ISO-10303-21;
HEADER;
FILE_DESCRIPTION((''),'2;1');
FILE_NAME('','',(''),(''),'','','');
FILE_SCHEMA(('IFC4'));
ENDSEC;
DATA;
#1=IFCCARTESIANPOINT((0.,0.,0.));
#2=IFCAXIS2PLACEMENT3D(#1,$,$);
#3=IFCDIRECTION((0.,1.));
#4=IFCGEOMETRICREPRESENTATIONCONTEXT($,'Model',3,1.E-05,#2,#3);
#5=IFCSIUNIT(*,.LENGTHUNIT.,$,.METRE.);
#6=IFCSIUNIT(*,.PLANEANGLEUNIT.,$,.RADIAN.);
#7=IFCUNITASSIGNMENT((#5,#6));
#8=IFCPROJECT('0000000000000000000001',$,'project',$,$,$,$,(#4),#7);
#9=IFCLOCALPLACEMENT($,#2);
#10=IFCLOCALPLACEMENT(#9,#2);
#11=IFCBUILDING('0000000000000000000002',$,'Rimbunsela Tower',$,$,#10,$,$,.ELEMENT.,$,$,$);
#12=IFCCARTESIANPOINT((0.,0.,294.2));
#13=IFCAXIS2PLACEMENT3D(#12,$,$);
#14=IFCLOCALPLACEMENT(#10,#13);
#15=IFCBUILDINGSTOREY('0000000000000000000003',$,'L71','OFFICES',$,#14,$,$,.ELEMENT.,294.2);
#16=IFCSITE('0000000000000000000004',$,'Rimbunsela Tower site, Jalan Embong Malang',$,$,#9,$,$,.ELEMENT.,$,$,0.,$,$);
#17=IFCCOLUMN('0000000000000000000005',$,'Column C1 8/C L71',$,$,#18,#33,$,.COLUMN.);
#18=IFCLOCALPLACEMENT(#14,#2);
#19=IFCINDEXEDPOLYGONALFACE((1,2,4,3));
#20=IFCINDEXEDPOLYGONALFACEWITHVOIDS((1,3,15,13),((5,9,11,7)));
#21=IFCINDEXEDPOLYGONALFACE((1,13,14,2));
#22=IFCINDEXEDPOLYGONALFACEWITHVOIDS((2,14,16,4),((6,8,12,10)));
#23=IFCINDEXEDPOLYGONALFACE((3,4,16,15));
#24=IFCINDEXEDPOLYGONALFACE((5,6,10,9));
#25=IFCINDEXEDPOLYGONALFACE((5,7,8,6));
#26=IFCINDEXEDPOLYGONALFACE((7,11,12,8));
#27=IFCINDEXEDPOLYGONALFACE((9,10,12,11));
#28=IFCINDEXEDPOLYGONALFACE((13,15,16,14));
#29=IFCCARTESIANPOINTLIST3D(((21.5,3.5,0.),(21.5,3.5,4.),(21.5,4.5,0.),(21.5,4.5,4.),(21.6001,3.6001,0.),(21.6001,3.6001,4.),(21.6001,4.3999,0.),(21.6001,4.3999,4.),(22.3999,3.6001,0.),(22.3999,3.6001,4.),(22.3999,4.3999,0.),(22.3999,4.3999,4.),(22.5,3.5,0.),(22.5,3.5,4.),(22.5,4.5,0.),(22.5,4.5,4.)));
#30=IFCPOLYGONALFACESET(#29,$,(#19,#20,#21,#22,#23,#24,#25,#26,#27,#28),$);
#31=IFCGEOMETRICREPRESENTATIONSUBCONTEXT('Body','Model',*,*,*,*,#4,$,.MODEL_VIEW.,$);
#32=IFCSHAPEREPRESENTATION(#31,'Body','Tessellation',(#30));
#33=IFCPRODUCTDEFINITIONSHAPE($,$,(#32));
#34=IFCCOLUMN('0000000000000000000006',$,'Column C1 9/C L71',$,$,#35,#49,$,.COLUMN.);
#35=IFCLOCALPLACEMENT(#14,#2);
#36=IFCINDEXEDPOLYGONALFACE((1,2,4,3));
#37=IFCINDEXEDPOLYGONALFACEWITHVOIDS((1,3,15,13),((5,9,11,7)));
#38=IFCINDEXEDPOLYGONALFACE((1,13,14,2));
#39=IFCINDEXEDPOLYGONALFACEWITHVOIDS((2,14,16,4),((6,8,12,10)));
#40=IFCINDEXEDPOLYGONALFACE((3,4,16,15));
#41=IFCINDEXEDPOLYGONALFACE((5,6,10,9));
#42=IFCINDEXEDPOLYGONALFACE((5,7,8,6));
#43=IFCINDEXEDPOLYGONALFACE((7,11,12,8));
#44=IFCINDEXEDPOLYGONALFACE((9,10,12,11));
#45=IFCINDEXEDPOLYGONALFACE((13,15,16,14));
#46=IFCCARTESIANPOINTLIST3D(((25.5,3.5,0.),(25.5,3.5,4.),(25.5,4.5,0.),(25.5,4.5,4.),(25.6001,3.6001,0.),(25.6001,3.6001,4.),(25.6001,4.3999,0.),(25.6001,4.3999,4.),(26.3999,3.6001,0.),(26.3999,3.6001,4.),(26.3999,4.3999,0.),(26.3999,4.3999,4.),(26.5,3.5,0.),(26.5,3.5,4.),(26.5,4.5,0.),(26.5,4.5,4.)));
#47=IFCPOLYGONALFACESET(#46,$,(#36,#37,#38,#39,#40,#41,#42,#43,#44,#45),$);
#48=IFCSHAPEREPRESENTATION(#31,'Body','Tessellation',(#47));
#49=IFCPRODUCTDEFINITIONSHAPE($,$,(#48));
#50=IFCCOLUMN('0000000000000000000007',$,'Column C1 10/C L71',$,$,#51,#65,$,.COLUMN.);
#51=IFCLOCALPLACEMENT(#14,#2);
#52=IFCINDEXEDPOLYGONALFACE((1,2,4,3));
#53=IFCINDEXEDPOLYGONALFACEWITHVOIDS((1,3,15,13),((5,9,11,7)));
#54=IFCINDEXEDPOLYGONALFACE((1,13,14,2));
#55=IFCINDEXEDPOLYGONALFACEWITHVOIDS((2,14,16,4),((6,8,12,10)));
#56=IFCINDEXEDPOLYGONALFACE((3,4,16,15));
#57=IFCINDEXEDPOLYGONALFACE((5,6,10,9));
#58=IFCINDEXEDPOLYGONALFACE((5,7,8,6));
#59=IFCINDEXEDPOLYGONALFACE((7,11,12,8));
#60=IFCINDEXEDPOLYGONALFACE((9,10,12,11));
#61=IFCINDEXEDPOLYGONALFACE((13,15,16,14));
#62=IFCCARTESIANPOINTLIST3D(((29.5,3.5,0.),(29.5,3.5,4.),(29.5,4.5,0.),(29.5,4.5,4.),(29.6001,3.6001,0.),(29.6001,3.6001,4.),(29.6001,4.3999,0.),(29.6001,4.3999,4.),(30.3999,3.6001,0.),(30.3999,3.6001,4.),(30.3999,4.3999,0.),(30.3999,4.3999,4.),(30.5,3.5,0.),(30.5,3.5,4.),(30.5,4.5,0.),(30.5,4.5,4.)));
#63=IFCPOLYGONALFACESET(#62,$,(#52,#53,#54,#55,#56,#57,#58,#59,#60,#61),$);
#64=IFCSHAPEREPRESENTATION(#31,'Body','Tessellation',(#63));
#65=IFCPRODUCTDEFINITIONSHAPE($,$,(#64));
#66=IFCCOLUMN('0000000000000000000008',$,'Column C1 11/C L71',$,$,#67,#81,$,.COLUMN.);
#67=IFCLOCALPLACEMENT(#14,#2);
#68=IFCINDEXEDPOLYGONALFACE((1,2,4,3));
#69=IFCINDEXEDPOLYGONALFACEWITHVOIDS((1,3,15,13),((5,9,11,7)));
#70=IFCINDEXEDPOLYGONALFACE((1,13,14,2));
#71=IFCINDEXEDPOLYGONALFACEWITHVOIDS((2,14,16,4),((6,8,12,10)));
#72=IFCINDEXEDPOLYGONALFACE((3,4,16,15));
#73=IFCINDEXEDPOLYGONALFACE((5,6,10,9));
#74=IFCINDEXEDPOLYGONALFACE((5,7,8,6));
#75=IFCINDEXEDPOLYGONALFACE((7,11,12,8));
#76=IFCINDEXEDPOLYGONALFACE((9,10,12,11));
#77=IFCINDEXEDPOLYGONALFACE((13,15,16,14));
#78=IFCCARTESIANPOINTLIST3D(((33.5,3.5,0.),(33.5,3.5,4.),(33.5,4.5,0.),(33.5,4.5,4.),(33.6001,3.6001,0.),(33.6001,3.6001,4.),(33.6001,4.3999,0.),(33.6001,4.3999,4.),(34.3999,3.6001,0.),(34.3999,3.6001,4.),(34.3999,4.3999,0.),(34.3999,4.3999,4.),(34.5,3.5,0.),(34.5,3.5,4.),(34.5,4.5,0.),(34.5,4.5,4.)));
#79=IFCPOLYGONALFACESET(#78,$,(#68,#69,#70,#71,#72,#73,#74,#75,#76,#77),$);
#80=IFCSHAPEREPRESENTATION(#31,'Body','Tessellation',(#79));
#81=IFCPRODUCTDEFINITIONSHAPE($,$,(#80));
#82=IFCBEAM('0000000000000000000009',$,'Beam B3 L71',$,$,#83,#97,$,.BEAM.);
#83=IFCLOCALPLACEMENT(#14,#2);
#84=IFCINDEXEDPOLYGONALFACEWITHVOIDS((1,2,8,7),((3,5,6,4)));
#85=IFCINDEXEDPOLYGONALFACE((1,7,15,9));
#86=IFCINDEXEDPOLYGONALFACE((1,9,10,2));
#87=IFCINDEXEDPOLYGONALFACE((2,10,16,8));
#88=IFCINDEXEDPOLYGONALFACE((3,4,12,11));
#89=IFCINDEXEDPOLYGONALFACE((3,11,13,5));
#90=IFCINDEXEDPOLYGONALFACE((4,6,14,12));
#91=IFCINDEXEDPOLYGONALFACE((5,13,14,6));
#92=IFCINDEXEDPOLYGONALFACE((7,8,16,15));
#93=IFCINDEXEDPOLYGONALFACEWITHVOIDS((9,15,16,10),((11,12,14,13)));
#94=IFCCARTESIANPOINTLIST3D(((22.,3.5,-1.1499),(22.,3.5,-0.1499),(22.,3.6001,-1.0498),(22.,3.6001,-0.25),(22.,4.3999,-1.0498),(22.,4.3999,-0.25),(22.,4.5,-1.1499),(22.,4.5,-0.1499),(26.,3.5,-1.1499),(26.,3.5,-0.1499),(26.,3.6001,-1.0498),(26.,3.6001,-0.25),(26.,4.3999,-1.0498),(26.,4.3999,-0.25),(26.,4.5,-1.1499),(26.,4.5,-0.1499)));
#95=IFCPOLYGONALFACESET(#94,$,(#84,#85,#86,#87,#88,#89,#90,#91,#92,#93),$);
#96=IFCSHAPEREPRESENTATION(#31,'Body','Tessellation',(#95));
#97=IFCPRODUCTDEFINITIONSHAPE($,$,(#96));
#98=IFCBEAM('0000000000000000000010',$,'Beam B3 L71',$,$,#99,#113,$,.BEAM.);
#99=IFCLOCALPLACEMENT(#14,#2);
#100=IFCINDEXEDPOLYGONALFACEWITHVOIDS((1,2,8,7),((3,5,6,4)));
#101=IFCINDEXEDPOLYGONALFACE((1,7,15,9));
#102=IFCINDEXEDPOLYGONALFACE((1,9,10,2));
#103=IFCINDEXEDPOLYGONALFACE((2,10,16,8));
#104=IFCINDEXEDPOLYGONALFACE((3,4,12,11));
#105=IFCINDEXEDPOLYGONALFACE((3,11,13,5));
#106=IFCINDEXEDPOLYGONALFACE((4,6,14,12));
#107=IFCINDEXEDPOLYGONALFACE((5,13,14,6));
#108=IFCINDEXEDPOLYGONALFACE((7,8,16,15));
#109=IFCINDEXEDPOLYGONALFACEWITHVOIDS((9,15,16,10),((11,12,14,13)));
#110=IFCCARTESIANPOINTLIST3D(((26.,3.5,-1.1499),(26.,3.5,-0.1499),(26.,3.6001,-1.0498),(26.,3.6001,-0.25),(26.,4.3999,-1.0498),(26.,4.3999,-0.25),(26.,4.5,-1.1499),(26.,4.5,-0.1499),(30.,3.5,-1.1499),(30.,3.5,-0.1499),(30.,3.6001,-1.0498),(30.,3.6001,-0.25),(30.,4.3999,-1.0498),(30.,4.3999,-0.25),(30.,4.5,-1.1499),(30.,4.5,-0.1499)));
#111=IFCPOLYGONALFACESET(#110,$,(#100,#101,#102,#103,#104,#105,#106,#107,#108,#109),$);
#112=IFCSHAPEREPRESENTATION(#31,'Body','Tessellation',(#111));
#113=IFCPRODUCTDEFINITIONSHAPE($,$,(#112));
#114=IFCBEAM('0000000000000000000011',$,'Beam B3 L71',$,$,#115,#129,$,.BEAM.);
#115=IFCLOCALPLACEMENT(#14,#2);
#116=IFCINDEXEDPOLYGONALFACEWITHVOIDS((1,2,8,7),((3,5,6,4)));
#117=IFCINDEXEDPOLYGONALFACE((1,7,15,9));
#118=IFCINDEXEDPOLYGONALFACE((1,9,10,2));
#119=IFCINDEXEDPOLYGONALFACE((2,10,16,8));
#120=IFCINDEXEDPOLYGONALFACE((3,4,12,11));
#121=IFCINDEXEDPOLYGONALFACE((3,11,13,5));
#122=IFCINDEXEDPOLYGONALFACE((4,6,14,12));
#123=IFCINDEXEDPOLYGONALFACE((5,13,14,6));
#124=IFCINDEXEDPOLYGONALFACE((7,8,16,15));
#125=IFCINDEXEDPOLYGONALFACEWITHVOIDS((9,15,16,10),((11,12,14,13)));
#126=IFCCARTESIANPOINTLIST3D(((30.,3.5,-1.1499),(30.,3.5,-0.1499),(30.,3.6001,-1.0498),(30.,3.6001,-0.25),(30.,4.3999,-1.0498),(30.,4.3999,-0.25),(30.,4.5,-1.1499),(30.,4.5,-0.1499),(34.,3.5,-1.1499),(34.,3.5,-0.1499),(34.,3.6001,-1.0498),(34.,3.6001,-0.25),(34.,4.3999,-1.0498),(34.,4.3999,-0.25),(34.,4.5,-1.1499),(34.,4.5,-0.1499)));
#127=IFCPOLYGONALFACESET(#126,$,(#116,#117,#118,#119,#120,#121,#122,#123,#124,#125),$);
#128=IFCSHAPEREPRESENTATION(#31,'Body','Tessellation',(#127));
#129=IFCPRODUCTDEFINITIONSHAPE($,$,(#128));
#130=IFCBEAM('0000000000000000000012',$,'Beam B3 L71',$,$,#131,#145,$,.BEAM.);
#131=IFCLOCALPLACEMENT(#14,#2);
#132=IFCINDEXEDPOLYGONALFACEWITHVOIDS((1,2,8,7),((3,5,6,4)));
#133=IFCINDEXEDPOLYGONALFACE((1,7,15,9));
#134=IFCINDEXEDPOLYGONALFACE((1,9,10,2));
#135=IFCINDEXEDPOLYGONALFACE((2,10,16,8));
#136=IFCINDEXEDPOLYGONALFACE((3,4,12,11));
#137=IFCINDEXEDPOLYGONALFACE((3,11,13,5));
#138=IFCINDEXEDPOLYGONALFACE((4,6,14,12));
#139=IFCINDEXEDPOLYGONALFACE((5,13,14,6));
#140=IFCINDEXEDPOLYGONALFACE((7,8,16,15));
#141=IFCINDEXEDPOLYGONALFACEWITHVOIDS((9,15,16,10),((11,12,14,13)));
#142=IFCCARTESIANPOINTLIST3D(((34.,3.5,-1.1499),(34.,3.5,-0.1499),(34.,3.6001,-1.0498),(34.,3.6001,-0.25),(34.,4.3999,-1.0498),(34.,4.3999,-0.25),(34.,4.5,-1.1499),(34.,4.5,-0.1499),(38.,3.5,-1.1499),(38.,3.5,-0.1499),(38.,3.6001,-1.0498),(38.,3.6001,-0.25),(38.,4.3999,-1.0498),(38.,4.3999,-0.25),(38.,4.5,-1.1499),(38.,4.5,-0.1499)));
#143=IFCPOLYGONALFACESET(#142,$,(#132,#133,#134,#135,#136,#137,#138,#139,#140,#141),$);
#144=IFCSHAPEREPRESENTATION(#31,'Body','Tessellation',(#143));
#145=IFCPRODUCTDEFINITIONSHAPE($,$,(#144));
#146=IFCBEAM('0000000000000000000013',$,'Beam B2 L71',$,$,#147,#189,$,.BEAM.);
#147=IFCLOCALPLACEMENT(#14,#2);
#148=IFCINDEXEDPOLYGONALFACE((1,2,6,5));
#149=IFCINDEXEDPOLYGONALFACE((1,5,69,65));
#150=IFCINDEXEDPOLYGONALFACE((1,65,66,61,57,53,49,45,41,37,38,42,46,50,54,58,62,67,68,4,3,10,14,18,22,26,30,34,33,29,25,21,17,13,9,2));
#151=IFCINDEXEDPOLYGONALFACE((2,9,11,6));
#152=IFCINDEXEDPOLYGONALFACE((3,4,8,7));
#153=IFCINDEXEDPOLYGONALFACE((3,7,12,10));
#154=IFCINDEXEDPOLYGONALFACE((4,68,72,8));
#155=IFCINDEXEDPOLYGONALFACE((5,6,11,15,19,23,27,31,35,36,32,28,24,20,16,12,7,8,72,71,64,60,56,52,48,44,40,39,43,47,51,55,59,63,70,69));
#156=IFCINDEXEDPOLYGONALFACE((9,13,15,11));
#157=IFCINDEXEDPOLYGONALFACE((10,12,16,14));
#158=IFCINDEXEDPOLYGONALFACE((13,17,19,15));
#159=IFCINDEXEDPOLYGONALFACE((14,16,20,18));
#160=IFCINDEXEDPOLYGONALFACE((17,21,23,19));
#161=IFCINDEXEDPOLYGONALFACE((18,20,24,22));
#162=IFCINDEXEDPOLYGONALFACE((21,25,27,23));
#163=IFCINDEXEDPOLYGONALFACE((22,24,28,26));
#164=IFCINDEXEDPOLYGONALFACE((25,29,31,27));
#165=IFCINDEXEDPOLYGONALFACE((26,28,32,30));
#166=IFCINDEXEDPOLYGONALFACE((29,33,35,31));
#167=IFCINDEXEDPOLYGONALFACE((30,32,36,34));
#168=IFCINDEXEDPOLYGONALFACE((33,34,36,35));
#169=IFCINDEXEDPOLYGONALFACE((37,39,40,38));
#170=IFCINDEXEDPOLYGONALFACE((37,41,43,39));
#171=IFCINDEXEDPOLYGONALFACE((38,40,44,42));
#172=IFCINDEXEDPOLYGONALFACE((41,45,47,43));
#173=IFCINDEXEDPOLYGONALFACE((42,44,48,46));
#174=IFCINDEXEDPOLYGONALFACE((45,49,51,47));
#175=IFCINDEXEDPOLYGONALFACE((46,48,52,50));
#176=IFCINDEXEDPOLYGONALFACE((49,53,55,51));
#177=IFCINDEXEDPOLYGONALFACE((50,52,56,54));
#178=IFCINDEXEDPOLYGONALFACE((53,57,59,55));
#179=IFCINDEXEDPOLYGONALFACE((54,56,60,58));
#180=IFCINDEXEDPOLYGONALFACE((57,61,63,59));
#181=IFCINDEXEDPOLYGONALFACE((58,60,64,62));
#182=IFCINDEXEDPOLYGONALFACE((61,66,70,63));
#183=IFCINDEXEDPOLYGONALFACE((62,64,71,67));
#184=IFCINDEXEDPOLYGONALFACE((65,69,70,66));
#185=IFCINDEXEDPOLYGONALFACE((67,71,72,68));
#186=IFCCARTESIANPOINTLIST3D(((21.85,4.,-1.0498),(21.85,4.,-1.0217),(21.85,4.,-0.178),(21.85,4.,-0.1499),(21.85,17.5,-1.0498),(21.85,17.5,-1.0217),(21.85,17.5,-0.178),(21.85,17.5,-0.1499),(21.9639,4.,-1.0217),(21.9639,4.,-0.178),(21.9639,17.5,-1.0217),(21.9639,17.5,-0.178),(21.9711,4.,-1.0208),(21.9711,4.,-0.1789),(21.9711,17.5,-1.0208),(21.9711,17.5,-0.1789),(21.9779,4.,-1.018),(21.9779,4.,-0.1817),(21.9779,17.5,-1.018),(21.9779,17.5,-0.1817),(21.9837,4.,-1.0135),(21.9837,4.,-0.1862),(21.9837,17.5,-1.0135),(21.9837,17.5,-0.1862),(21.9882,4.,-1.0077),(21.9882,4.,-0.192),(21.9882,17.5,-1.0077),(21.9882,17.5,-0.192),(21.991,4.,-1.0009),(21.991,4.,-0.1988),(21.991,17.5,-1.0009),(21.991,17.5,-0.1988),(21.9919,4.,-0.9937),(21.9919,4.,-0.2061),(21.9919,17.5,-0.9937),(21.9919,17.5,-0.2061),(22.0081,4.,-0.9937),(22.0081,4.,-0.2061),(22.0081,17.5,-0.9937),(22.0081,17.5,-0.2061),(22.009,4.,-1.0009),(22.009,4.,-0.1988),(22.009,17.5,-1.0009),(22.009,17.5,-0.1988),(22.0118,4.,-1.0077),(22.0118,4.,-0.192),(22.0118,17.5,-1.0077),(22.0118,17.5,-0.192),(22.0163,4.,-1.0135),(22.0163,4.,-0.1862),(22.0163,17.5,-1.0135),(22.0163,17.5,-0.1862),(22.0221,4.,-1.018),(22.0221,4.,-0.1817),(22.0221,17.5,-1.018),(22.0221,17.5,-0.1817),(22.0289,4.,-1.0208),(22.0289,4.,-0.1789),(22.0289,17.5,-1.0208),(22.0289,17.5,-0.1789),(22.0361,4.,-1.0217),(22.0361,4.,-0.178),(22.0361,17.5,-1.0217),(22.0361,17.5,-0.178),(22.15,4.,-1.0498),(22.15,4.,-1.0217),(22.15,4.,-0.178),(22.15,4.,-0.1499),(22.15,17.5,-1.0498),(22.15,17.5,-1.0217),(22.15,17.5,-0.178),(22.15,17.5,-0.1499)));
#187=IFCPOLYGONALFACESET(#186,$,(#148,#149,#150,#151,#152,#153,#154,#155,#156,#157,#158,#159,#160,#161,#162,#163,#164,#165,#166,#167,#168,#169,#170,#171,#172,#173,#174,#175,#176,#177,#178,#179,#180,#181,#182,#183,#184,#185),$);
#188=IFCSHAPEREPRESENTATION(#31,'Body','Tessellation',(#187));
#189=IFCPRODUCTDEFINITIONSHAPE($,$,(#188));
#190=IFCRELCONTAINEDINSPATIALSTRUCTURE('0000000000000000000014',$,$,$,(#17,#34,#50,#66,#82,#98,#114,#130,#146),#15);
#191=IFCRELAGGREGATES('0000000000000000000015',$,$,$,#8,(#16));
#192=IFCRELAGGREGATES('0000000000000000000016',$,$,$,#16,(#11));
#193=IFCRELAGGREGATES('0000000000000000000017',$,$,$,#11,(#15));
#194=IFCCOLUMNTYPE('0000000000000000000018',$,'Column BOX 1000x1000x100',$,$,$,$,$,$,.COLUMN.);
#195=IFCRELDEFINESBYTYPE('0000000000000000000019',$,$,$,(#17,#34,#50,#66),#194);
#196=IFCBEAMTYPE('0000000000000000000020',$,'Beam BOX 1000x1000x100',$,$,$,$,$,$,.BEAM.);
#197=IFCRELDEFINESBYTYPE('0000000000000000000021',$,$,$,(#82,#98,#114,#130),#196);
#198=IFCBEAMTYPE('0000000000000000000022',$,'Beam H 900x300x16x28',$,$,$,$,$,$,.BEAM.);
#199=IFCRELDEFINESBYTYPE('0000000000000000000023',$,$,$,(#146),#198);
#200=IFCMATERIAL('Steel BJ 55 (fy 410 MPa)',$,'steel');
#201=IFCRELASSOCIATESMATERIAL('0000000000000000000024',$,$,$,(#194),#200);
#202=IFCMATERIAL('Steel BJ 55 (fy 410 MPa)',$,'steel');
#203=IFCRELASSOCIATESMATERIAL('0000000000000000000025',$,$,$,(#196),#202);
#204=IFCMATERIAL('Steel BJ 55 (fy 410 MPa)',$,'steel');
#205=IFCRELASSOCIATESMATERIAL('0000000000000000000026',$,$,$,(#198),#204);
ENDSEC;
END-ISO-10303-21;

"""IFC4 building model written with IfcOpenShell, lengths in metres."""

from ifc_helpers import new_model, si_unit, direction, frame, origin, origin_2d, place, context, subcontext, project, spatial, hollow_rectangle, i_section, extrude, material, material_profile, profile_set, type_object, element, save


model = new_model("IFC4")

# Units and contexts
model_context = context("Model", 3, precision=1e-05, world=origin(), true_north=direction((0.0, 1.0)))
body_context = subcontext(model_context, "Body", "Model", "MODEL_VIEW")
ifc_project = project(units=[si_unit("LENGTHUNIT", "METRE"), si_unit("PLANEANGLEUNIT", "RADIAN")], contexts=[model_context])

# Site, building, storey
site_placement = place(None, origin())
site = spatial("IfcSite", under=ifc_project, at=site_placement, Name="Rimbunsela Tower site, Jalan Embong Malang", CompositionType="ELEMENT", RefElevation=0.0)
building_placement = place(site_placement, origin())
building = spatial("IfcBuilding", under=site, at=building_placement, Name="Rimbunsela Tower", CompositionType="ELEMENT")
storey_placement = place(building_placement, frame((0.0, 0.0, 294.2)))
storey = spatial("IfcBuildingStorey", under=building, at=storey_placement, Name="L71", Description="OFFICES", CompositionType="ELEMENT", Elevation=294.2)

# Columns
ifc_material_1 = material(Name="Steel BJ 55 (fy 410 MPa)", Category="steel")
ifc_material_profile_1 = material_profile(ifc_material_1, hollow_rectangle(XDim=1.0, YDim=1.0, WallThickness=0.1001, at=origin_2d()), Name="BOX 1000x1000x100")
ifc_profile_set_1 = profile_set([ifc_material_profile_1], Name="Steel BJ 55 (fy 410 MPa)")
column_type = type_object("IfcColumnType", Name="Column BOX 1000x1000x100", PredefinedType="COLUMN", material=ifc_profile_set_1)
for number, where, z_axis, x_axis, name in (
    (1, (22.0, 4.0, 0.0), (0.0, 0.0, 1.0), (1.0, 0.0, 0.0), "Column C1 8/C L71"),
    (2, (26.0, 4.0, 0.0), (0.0, 0.0, 1.0), (1.0, 0.0, 0.0), "Column C1 9/C L71"),
    (3, (30.0, 4.0, 0.0), (0.0, 0.0, 1.0), (1.0, 0.0, 0.0), "Column C1 10/C L71"),
    (4, (34.0, 4.0, 0.0), (0.0, 0.0, 1.0), (1.0, 0.0, 0.0), "Column C1 11/C L71"),
):
    element("IfcColumn", number, at=place(storey_placement, frame(where, z_axis=z_axis, x_axis=x_axis)), inside=storey, type_object=column_type, Name=name, PredefinedType="COLUMN", context=body_context, shape_type="SweptSolid", body=[
        extrude(hollow_rectangle(XDim=1.0, YDim=1.0, WallThickness=0.1001, at=origin_2d()), origin(), (0.0, 0.0, 1.0), 4.0),
    ])

# Beams
ifc_material_2 = material(Name="Steel BJ 55 (fy 410 MPa)", Category="steel")
ifc_material_profile_2 = material_profile(ifc_material_2, hollow_rectangle(XDim=1.0, YDim=1.0, WallThickness=0.1001, at=origin_2d()), Name="BOX 1000x1000x100")
ifc_profile_set_2 = profile_set([ifc_material_profile_2], Name="Steel BJ 55 (fy 410 MPa)")
beam_type_1 = type_object("IfcBeamType", Name="Beam BOX 1000x1000x100", PredefinedType="BEAM", material=ifc_profile_set_2)
for number, where, z_axis, x_axis, name in (
    (5, (22.0, 4.0, -0.6499), (1.0, 0.0, 0.0), (0.0, 1.0, 0.0), "Beam B3 L71"),
    (6, (26.0, 4.0, -0.6499), (1.0, 0.0, 0.0), (0.0, 1.0, 0.0), "Beam B3 L71"),
    (7, (30.0, 4.0, -0.6499), (1.0, 0.0, 0.0), (0.0, 1.0, 0.0), "Beam B3 L71"),
    (8, (34.0, 4.0, -0.6499), (1.0, 0.0, 0.0), (0.0, 1.0, 0.0), "Beam B3 L71"),
):
    element("IfcBeam", number, at=place(storey_placement, frame(where, z_axis=z_axis, x_axis=x_axis)), inside=storey, type_object=beam_type_1, Name=name, PredefinedType="BEAM", context=body_context, shape_type="SweptSolid", body=[
        extrude(hollow_rectangle(XDim=1.0, YDim=1.0, WallThickness=0.1001, at=origin_2d()), origin(), (0.0, 0.0, 1.0), 4.0),
    ])
ifc_material_3 = material(Name="Steel BJ 55 (fy 410 MPa)", Category="steel")
ifc_material_profile_3 = material_profile(ifc_material_3, i_section(OverallWidth=0.3, OverallDepth=0.8999, WebThickness=0.0161, FlangeThickness=0.0281, FilletRadius=0.0281, at=origin_2d()), Name="H 900x300x16x28")
ifc_profile_set_3 = profile_set([ifc_material_profile_3], Name="Steel BJ 55 (fy 410 MPa)")
beam_type_2 = type_object("IfcBeamType", Name="Beam H 900x300x16x28", PredefinedType="BEAM", material=ifc_profile_set_3)
for number, where, z_axis, x_axis, name in (
    (9, (22.0, 4.0, -0.5999), (0.0, 1.0, 0.0), (-1.0, 0.0, 0.0), "Beam B2 L71"),
):
    element("IfcBeam", number, at=place(storey_placement, frame(where, z_axis=z_axis, x_axis=x_axis)), inside=storey, type_object=beam_type_2, Name=name, PredefinedType="BEAM", context=body_context, shape_type="SweptSolid", body=[
        extrude(i_section(OverallWidth=0.3, OverallDepth=0.8999, WebThickness=0.0161, FlangeThickness=0.0281, FilletRadius=0.0281, at=origin_2d()), origin(), (0.0, 0.0, 1.0), 13.5),
    ])

save(model, "model.ifc")
